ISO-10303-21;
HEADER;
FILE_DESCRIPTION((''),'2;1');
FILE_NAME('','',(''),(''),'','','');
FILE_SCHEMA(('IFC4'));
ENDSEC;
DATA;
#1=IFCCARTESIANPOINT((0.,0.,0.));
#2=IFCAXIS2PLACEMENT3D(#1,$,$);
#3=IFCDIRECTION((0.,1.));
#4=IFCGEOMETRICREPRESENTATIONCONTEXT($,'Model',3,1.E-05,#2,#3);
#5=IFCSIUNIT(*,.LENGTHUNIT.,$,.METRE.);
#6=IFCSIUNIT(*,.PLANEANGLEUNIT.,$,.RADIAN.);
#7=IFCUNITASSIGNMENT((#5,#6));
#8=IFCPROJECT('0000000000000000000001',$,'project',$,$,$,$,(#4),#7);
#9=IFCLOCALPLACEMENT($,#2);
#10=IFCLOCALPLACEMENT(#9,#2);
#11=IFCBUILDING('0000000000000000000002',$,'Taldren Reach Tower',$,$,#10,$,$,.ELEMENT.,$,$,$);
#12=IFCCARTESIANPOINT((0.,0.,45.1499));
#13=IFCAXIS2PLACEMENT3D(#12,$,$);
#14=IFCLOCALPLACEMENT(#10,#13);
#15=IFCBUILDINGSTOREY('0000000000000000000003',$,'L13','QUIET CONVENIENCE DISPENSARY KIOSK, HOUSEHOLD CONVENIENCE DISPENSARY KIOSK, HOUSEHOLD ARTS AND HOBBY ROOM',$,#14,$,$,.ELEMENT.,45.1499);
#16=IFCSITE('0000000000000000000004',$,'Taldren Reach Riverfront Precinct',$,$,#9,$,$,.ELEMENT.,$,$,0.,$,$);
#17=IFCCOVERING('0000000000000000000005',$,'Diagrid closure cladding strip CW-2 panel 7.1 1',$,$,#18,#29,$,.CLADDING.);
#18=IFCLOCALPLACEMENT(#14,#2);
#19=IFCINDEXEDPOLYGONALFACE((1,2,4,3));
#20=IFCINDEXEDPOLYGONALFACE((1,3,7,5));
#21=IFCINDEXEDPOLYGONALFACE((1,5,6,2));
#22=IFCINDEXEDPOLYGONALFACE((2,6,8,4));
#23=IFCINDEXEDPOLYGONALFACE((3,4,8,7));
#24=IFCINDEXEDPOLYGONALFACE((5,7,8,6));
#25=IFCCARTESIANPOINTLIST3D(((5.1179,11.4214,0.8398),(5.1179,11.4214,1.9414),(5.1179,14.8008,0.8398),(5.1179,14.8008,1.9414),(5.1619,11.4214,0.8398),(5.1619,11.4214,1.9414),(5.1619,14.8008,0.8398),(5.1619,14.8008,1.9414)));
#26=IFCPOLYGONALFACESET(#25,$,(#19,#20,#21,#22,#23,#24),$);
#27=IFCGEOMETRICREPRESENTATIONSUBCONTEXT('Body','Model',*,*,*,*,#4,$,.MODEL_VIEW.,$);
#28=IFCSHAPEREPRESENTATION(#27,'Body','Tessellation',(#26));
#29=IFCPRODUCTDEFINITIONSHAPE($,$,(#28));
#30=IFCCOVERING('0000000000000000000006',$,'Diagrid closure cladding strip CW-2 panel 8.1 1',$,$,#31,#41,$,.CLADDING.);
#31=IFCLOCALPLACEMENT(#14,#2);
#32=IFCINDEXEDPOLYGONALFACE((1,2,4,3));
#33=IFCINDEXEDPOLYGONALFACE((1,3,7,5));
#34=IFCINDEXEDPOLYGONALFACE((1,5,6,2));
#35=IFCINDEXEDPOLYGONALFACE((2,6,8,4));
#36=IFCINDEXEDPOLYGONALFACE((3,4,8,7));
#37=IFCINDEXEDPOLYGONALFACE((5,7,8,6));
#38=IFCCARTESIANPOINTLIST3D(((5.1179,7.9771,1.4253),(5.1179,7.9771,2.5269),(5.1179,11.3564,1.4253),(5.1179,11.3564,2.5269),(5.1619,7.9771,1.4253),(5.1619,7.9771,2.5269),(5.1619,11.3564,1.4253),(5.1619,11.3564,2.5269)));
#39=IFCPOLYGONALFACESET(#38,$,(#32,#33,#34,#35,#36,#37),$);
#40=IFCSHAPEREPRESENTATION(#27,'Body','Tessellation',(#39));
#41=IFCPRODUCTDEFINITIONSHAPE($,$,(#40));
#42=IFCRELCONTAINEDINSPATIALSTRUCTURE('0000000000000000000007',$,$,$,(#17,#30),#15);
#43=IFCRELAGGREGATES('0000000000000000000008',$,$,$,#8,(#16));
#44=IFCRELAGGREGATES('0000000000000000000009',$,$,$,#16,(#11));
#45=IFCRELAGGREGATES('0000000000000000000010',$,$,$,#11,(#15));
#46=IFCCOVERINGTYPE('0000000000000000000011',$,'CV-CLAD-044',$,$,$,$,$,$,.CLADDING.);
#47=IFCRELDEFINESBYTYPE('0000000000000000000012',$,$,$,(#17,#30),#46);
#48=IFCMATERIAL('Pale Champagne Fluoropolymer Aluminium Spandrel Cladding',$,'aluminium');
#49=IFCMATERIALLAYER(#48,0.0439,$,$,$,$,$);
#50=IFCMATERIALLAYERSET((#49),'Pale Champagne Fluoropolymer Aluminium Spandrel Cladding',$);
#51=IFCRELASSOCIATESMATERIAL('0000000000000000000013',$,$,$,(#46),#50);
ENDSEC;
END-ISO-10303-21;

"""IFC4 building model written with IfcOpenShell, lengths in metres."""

from ifc_helpers import new_model, si_unit, direction, frame, origin, origin_2d, place, context, subcontext, project, spatial, rectangle, extrude, source, transform, mapped, material, layer, layer_set, type_object, element, save


model = new_model("IFC4")

# Units and contexts
model_context = context("Model", 3, precision=1e-05, world=origin(), true_north=direction((0.0, 1.0)))
body_context = subcontext(model_context, "Body", "Model", "MODEL_VIEW")
ifc_project = project(units=[si_unit("LENGTHUNIT", "METRE"), si_unit("PLANEANGLEUNIT", "RADIAN")], contexts=[model_context])

# Site, building, storey
site_placement = place(None, origin())
site = spatial("IfcSite", under=ifc_project, at=site_placement, Name="Taldren Reach Riverfront Precinct", CompositionType="ELEMENT", RefElevation=0.0)
building_placement = place(site_placement, origin())
building = spatial("IfcBuilding", under=site, at=building_placement, Name="Taldren Reach Tower", CompositionType="ELEMENT")
storey_placement = place(building_placement, frame((0.0, 0.0, 45.1499)))
storey = spatial("IfcBuildingStorey", under=building, at=storey_placement, Name="L13", Description="QUIET CONVENIENCE DISPENSARY KIOSK, HOUSEHOLD CONVENIENCE DISPENSARY KIOSK, HOUSEHOLD ARTS AND HOBBY ROOM", CompositionType="ELEMENT", Elevation=45.1499)

# Coverings
ifc_material_1 = material(Name="Pale Champagne Fluoropolymer Aluminium Spandrel Cladding", Category="aluminium")
ifc_layer_1 = layer(ifc_material_1, 0.0439)
ifc_layer_set_1 = layer_set([ifc_layer_1], Name="Pale Champagne Fluoropolymer Aluminium Spandrel Cladding")
covering_type = type_object("IfcCoveringType", Name="CV-CLAD-044", PredefinedType="CLADDING", material=ifc_layer_set_1)
shared_shape_1 = source(origin(), body_context, "Body", "SweptSolid", [
    extrude(rectangle(XDim=3.3794, YDim=0.0439, at=origin_2d()), origin(), (0.0, 0.0, 1.0), 1.1016),
])
for number, where, z_axis, x_axis, name in (
    (1, (5.1399, 13.1111, 0.8398), (0.0, 0.0, 1.0), (0.0, -1.0, 0.0), "Diagrid closure cladding strip CW-2 panel 7.1 1"),
    (2, (5.1399, 9.6667, 1.4253), (0.0, 0.0, 1.0), (0.0, -1.0, 0.0), "Diagrid closure cladding strip CW-2 panel 8.1 1"),
):
    element("IfcCovering", number, at=place(storey_placement, frame(where, z_axis=z_axis, x_axis=x_axis)), inside=storey, type_object=covering_type, Name=name, PredefinedType="CLADDING", context=body_context, shape_type="MappedRepresentation", body=[
        mapped(shared_shape_1, transform((0.0, 0.0, 0.0), scale=1.0)),
    ])

save(model, "model.ifc")
